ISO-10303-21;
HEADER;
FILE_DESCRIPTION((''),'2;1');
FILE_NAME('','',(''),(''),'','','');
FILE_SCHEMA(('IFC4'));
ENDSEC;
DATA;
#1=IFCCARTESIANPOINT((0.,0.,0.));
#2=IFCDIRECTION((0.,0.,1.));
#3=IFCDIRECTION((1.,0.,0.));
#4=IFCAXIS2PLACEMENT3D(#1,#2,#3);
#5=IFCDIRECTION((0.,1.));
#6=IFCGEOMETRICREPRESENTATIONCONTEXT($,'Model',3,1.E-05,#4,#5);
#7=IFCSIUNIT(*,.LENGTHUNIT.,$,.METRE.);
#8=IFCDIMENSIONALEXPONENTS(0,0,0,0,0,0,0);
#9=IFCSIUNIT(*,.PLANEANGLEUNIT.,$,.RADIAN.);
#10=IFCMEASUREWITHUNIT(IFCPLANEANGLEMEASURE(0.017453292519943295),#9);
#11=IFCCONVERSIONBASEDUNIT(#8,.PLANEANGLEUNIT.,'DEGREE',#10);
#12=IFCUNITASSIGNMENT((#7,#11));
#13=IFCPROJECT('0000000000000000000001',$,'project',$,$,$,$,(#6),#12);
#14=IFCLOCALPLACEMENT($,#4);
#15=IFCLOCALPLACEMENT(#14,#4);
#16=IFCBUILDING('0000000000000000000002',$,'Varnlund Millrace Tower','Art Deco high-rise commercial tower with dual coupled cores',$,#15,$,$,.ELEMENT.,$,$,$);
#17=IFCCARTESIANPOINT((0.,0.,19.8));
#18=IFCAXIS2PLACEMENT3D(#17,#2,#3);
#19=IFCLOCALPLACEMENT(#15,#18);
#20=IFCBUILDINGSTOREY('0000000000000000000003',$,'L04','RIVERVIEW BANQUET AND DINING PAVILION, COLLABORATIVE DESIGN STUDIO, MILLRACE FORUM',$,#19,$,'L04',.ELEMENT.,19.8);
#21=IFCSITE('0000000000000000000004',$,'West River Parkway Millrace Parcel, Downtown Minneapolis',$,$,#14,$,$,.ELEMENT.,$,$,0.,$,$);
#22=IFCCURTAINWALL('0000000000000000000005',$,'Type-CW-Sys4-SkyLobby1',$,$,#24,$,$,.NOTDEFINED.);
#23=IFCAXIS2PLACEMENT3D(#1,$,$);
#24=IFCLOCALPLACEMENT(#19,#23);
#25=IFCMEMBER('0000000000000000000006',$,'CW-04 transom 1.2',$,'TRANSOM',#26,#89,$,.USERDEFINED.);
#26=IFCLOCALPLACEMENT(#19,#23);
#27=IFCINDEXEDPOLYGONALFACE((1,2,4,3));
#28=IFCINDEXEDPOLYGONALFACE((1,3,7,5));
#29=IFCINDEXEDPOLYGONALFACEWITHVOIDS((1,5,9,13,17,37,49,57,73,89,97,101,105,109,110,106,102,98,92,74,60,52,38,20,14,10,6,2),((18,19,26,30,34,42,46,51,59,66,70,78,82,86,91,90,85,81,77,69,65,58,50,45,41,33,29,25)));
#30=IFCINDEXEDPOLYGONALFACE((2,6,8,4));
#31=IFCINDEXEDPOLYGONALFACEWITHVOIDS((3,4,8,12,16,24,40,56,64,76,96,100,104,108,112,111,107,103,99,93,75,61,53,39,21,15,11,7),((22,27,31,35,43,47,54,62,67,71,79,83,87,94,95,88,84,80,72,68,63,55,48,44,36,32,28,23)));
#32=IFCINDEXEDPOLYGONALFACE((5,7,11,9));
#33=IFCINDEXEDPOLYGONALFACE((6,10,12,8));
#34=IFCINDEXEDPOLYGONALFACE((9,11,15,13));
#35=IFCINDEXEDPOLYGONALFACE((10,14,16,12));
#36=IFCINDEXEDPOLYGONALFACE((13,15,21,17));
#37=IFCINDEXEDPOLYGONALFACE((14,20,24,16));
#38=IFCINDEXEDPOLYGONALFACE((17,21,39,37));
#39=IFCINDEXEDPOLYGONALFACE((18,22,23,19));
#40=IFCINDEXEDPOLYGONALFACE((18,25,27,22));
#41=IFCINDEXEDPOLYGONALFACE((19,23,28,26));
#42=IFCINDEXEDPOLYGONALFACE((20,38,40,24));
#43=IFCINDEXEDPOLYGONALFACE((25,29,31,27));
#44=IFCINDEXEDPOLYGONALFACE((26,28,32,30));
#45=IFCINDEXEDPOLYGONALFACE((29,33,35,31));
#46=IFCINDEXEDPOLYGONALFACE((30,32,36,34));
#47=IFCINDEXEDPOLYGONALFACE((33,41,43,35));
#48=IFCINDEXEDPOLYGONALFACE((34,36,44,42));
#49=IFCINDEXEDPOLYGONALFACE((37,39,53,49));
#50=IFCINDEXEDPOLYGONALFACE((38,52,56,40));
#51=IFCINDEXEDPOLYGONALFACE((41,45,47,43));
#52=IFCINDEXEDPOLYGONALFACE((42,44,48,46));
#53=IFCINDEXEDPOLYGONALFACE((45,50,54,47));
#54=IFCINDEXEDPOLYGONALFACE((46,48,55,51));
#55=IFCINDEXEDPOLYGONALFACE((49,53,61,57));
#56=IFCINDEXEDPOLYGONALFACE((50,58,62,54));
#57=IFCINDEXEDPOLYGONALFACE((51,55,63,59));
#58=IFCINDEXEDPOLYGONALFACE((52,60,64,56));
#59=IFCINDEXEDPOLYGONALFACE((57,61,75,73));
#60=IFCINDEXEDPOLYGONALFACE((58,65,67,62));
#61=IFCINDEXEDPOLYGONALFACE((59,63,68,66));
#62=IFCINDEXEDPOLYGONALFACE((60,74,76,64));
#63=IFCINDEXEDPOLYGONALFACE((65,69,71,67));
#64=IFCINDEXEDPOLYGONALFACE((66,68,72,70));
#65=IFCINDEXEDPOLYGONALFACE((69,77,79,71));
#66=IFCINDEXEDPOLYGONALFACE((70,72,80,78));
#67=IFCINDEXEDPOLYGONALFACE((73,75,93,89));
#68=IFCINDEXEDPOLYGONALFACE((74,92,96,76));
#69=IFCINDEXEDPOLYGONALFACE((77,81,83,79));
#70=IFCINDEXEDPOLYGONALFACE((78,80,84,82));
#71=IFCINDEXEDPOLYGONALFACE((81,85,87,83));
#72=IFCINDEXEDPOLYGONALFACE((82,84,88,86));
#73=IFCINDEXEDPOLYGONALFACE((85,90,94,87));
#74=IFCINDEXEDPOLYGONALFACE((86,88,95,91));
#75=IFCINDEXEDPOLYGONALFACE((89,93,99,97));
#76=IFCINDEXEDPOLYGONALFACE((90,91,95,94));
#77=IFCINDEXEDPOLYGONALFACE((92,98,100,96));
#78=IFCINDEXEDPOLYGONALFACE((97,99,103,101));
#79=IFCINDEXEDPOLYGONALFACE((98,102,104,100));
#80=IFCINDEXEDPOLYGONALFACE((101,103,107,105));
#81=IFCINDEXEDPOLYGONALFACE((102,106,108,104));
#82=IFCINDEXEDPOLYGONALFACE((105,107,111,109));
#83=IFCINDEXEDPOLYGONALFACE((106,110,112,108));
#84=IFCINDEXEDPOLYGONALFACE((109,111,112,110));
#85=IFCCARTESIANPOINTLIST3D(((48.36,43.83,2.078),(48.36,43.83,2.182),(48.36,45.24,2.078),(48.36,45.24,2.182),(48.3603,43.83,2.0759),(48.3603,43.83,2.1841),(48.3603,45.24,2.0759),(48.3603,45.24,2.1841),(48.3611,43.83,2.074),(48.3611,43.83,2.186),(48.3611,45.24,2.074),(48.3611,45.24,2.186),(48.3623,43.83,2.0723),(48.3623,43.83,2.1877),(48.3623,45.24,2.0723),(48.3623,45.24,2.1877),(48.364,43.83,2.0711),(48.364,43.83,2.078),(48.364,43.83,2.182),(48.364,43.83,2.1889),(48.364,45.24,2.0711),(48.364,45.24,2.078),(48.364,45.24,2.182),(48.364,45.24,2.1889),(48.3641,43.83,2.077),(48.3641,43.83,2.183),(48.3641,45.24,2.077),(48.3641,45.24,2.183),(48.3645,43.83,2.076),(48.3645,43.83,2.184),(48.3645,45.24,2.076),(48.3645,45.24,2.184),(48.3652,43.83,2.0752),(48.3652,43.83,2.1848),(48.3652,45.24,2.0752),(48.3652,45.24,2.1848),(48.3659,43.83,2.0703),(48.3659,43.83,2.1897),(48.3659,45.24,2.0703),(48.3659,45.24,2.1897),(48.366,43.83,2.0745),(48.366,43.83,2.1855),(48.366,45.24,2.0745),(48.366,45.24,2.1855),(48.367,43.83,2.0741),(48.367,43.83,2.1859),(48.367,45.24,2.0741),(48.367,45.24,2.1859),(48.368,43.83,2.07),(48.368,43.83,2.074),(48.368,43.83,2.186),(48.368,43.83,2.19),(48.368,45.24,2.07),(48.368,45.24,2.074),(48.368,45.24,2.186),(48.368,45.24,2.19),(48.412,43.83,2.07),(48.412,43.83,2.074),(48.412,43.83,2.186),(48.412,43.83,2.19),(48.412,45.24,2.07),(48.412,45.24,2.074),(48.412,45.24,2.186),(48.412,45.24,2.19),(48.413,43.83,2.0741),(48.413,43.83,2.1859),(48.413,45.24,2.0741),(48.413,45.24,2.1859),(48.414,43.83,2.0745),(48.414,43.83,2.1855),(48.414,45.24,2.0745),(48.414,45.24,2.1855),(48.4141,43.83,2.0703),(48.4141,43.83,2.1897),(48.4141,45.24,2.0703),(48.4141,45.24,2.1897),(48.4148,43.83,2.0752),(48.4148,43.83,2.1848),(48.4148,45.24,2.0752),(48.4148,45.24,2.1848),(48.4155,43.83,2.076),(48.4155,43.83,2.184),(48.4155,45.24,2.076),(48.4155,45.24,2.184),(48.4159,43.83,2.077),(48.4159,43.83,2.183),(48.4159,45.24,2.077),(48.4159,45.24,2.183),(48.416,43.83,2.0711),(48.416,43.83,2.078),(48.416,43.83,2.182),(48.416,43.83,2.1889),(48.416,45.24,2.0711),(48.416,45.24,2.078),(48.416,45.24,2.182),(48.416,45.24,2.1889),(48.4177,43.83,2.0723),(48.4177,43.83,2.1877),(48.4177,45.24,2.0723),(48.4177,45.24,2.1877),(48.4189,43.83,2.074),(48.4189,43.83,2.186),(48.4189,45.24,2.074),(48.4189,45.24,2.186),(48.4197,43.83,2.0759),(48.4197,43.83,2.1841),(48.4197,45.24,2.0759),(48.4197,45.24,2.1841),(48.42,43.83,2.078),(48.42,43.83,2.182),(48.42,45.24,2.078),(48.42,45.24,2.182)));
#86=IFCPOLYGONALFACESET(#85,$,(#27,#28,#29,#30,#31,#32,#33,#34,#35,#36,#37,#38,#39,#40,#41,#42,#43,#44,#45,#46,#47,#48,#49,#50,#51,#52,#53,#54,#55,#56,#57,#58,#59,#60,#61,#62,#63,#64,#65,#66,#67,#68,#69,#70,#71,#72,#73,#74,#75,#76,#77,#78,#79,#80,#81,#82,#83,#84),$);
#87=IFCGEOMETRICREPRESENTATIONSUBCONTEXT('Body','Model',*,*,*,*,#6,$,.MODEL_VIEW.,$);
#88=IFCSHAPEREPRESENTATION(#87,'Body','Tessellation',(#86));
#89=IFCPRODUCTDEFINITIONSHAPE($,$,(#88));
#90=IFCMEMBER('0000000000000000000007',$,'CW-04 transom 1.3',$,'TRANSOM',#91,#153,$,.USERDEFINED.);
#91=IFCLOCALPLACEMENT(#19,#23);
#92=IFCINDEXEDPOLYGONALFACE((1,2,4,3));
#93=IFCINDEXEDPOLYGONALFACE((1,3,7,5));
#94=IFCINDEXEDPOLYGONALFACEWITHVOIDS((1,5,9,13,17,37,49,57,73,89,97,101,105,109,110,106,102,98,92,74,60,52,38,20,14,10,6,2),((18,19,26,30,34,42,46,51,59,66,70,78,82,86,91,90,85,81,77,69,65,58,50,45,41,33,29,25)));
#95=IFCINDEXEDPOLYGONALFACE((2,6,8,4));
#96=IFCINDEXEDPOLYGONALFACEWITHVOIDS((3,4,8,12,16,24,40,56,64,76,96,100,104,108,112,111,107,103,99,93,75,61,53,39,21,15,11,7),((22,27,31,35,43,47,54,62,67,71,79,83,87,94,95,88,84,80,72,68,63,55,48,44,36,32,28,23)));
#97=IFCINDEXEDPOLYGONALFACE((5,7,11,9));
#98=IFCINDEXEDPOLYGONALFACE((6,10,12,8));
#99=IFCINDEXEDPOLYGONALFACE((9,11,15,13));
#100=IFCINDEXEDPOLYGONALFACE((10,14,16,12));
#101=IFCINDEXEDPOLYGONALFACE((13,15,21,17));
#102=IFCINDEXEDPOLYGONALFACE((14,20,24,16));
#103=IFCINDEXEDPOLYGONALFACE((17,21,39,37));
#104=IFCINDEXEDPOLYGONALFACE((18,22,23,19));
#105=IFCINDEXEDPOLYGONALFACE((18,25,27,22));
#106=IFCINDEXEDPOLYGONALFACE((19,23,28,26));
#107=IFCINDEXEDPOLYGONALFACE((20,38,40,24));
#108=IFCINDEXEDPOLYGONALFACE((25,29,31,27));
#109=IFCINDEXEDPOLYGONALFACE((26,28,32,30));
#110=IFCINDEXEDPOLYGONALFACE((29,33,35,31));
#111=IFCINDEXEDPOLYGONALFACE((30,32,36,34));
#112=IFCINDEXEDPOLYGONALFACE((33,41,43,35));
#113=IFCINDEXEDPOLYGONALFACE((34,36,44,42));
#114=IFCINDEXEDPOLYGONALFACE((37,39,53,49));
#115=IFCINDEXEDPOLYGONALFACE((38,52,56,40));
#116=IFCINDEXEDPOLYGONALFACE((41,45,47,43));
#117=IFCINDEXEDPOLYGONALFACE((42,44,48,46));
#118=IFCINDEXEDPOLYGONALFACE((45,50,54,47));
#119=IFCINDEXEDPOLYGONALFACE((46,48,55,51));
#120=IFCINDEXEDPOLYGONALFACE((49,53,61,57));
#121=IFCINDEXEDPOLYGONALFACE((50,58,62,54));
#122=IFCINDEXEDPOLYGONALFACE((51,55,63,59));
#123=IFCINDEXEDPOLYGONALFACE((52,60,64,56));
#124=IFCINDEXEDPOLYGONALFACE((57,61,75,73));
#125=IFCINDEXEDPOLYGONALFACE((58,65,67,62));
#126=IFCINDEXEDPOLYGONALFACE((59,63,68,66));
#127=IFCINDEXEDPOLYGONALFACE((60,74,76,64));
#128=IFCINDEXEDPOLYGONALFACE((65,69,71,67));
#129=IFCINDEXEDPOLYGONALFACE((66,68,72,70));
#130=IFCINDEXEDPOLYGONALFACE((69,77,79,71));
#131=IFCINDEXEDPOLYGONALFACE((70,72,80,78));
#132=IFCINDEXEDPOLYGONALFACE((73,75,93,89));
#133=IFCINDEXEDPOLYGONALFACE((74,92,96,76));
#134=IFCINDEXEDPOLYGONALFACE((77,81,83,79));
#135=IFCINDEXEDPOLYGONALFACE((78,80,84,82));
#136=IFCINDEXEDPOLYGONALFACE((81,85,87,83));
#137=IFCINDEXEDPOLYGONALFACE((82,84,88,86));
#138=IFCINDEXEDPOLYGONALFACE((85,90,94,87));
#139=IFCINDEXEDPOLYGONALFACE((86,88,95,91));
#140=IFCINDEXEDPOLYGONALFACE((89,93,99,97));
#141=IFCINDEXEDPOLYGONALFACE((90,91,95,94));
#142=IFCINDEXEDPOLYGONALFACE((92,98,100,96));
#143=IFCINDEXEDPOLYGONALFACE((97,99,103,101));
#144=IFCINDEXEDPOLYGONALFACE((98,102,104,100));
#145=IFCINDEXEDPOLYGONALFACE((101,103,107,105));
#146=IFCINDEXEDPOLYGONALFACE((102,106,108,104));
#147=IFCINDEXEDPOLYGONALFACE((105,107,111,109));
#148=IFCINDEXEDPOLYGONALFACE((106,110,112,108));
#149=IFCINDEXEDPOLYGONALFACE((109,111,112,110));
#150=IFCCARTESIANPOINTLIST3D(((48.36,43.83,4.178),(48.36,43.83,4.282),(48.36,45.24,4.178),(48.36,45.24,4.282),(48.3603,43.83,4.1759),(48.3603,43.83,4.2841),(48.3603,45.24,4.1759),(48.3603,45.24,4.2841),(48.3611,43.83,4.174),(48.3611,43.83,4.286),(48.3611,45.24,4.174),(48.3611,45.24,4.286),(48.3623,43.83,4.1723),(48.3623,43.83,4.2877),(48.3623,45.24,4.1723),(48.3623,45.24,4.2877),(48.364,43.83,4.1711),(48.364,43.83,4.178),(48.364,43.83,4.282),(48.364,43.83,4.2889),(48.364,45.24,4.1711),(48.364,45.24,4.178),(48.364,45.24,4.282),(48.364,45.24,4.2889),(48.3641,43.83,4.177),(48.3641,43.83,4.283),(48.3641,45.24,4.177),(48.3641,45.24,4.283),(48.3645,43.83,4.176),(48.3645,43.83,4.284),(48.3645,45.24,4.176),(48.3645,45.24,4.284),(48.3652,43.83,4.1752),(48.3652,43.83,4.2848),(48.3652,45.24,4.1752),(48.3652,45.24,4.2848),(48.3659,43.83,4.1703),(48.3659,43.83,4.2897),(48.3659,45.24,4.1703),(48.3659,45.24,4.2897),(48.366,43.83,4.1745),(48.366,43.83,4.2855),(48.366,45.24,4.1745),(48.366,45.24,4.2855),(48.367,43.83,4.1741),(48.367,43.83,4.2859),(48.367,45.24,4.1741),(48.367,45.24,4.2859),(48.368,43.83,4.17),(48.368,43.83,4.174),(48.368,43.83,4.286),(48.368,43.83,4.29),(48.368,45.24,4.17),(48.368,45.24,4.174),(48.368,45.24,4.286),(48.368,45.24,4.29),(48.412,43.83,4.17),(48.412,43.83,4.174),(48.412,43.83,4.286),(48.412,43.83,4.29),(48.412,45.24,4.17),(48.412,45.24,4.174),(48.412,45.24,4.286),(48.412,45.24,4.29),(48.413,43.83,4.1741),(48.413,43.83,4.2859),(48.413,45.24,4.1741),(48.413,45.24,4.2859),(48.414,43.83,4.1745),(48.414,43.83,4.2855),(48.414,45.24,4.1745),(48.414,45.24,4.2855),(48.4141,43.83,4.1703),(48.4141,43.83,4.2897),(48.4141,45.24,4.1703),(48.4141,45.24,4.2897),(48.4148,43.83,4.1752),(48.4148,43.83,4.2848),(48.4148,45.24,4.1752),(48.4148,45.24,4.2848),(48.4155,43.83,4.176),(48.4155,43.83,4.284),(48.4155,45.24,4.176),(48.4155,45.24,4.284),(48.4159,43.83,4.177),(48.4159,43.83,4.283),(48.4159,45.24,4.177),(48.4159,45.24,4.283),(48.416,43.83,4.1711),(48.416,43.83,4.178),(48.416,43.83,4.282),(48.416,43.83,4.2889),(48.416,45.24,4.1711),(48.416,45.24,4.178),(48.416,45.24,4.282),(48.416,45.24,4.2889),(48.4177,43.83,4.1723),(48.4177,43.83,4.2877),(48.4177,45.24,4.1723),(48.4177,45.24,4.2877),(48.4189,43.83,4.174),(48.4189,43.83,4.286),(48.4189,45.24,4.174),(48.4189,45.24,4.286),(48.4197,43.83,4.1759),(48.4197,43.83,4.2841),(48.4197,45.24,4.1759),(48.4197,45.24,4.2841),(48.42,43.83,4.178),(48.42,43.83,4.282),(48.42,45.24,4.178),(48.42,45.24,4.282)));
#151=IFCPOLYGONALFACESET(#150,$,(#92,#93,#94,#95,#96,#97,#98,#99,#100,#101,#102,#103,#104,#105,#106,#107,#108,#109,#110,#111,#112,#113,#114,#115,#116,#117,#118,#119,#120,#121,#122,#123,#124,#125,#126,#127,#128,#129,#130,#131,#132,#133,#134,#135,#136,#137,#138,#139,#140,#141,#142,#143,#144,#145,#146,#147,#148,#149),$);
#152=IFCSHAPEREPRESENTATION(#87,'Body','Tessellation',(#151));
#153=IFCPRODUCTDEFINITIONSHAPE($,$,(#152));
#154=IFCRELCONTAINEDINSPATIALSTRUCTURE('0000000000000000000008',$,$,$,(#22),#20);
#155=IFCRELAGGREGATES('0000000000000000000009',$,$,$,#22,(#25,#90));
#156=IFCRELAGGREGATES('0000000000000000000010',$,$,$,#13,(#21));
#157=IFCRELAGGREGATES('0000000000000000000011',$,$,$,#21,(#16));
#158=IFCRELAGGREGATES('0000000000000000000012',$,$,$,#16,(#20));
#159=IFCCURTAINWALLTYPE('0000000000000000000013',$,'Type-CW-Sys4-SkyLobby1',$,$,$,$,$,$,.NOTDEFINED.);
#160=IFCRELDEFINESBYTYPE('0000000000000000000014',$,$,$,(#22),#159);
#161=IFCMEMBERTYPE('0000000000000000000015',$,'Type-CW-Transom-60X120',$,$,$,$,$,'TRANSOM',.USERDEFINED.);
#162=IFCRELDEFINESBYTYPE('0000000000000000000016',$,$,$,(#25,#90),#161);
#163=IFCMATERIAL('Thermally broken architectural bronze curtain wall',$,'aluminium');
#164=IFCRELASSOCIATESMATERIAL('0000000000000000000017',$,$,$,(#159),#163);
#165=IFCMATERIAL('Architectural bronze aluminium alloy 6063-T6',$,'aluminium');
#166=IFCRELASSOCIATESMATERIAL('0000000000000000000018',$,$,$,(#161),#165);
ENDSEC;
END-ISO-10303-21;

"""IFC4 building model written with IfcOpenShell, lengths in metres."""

from ifc_helpers import new_model, entity, si_unit, converted_unit, direction, frame, origin_with_axes, origin_2d_with_axis, place, context, subcontext, project, spatial, hollow_rectangle, extrude, material, material_profile, profile_set, type_object, element, aggregate, save


model = new_model("IFC4")

# Units and contexts
model_context = context("Model", 3, precision=1e-05, world=origin_with_axes(), true_north=direction((0.0, 1.0)))
body_context = subcontext(model_context, "Body", "Model", "MODEL_VIEW")
ifc_project = project(units=[si_unit("LENGTHUNIT", "METRE"), converted_unit("PLANEANGLEUNIT", "DEGREE", entity("IfcPlaneAngleMeasure", 0.017453292519943295), si_unit("PLANEANGLEUNIT", "RADIAN"), dimensions=[0, 0, 0, 0, 0, 0, 0])], contexts=[model_context])

# Site, building, storey
site_placement = place(None, origin_with_axes())
site = spatial("IfcSite", under=ifc_project, at=site_placement, Name="West River Parkway Millrace Parcel, Downtown Minneapolis", CompositionType="ELEMENT", RefElevation=0.0)
building_placement = place(site_placement, origin_with_axes())
building = spatial("IfcBuilding", under=site, at=building_placement, Name="Varnlund Millrace Tower", Description="Art Deco high-rise commercial tower with dual coupled cores", CompositionType="ELEMENT")
storey_placement = place(building_placement, frame((0.0, 0.0, 19.8), z_axis=(0.0, 0.0, 1.0), x_axis=(1.0, 0.0, 0.0)))
storey = spatial("IfcBuildingStorey", under=building, at=storey_placement, Name="L04", Description="RIVERVIEW BANQUET AND DINING PAVILION, COLLABORATIVE DESIGN STUDIO, MILLRACE FORUM", LongName="L04", CompositionType="ELEMENT", Elevation=19.8)

# Shared definitions
ifc_material_1 = material(Name="Thermally broken architectural bronze curtain wall", Category="aluminium")
curtain_wall_type = type_object("IfcCurtainWallType", Name="Type-CW-Sys4-SkyLobby1", PredefinedType="NOTDEFINED", material=ifc_material_1)
ifc_material_2 = material(Name="Architectural bronze aluminium alloy 6063-T6", Category="aluminium")

# Curtain wall
curtain_wall_1_placement = place(storey_placement, frame((48.39, 45.3, 0.0), z_axis=(0.0, 0.0, 1.0), x_axis=(1.0, 0.0, 0.0)))
curtain_wall_1 = element("IfcCurtainWall", 1, at=curtain_wall_1_placement, inside=storey, type_object=curtain_wall_type, Name="Type-CW-Sys4-SkyLobby1", PredefinedType="NOTDEFINED")

# Members
ifc_material_profile_1 = material_profile(ifc_material_2, hollow_rectangle(XDim=0.06, YDim=0.12, WallThickness=0.004, InnerFilletRadius=0.004, OuterFilletRadius=0.008, at=origin_2d_with_axis()), Name="Architectural bronze aluminium alloy 6063-T6")
ifc_profile_set_1 = profile_set([ifc_material_profile_1], Name="Architectural bronze aluminium alloy 6063-T6")
member_type_1 = type_object("IfcMemberType", Name="Type-CW-Transom-60X120", ElementType="TRANSOM", PredefinedType="USERDEFINED", material=ifc_profile_set_1)
member_1_placement = place(storey_placement, frame((48.39, 45.24, 2.13), z_axis=(0.0, -1.0, 0.0), x_axis=(1.0, 0.0, 0.0)))
member_1 = element("IfcMember", 2, at=member_1_placement, type_object=member_type_1, Name="CW-04 transom 1.2", ObjectType="TRANSOM", PredefinedType="USERDEFINED", context=body_context, shape_type="SweptSolid", body=[
    extrude(hollow_rectangle(XDim=0.06, YDim=0.12, WallThickness=0.004, InnerFilletRadius=0.004, OuterFilletRadius=0.008, at=origin_2d_with_axis()), origin_with_axes(), (0.0, 0.0, 1.0), 1.41),
])
member_2_placement = place(storey_placement, frame((48.39, 45.24, 4.23), z_axis=(0.0, -1.0, 0.0), x_axis=(1.0, 0.0, 0.0)))
member_2 = element("IfcMember", 3, at=member_2_placement, type_object=member_type_1, Name="CW-04 transom 1.3", ObjectType="TRANSOM", PredefinedType="USERDEFINED", context=body_context, shape_type="SweptSolid", body=[
    extrude(hollow_rectangle(XDim=0.06, YDim=0.12, WallThickness=0.004, InnerFilletRadius=0.004, OuterFilletRadius=0.008, at=origin_2d_with_axis()), origin_with_axes(), (0.0, 0.0, 1.0), 1.41),
])

aggregate(curtain_wall_1, [member_1, member_2])

save(model, "model.ifc")
